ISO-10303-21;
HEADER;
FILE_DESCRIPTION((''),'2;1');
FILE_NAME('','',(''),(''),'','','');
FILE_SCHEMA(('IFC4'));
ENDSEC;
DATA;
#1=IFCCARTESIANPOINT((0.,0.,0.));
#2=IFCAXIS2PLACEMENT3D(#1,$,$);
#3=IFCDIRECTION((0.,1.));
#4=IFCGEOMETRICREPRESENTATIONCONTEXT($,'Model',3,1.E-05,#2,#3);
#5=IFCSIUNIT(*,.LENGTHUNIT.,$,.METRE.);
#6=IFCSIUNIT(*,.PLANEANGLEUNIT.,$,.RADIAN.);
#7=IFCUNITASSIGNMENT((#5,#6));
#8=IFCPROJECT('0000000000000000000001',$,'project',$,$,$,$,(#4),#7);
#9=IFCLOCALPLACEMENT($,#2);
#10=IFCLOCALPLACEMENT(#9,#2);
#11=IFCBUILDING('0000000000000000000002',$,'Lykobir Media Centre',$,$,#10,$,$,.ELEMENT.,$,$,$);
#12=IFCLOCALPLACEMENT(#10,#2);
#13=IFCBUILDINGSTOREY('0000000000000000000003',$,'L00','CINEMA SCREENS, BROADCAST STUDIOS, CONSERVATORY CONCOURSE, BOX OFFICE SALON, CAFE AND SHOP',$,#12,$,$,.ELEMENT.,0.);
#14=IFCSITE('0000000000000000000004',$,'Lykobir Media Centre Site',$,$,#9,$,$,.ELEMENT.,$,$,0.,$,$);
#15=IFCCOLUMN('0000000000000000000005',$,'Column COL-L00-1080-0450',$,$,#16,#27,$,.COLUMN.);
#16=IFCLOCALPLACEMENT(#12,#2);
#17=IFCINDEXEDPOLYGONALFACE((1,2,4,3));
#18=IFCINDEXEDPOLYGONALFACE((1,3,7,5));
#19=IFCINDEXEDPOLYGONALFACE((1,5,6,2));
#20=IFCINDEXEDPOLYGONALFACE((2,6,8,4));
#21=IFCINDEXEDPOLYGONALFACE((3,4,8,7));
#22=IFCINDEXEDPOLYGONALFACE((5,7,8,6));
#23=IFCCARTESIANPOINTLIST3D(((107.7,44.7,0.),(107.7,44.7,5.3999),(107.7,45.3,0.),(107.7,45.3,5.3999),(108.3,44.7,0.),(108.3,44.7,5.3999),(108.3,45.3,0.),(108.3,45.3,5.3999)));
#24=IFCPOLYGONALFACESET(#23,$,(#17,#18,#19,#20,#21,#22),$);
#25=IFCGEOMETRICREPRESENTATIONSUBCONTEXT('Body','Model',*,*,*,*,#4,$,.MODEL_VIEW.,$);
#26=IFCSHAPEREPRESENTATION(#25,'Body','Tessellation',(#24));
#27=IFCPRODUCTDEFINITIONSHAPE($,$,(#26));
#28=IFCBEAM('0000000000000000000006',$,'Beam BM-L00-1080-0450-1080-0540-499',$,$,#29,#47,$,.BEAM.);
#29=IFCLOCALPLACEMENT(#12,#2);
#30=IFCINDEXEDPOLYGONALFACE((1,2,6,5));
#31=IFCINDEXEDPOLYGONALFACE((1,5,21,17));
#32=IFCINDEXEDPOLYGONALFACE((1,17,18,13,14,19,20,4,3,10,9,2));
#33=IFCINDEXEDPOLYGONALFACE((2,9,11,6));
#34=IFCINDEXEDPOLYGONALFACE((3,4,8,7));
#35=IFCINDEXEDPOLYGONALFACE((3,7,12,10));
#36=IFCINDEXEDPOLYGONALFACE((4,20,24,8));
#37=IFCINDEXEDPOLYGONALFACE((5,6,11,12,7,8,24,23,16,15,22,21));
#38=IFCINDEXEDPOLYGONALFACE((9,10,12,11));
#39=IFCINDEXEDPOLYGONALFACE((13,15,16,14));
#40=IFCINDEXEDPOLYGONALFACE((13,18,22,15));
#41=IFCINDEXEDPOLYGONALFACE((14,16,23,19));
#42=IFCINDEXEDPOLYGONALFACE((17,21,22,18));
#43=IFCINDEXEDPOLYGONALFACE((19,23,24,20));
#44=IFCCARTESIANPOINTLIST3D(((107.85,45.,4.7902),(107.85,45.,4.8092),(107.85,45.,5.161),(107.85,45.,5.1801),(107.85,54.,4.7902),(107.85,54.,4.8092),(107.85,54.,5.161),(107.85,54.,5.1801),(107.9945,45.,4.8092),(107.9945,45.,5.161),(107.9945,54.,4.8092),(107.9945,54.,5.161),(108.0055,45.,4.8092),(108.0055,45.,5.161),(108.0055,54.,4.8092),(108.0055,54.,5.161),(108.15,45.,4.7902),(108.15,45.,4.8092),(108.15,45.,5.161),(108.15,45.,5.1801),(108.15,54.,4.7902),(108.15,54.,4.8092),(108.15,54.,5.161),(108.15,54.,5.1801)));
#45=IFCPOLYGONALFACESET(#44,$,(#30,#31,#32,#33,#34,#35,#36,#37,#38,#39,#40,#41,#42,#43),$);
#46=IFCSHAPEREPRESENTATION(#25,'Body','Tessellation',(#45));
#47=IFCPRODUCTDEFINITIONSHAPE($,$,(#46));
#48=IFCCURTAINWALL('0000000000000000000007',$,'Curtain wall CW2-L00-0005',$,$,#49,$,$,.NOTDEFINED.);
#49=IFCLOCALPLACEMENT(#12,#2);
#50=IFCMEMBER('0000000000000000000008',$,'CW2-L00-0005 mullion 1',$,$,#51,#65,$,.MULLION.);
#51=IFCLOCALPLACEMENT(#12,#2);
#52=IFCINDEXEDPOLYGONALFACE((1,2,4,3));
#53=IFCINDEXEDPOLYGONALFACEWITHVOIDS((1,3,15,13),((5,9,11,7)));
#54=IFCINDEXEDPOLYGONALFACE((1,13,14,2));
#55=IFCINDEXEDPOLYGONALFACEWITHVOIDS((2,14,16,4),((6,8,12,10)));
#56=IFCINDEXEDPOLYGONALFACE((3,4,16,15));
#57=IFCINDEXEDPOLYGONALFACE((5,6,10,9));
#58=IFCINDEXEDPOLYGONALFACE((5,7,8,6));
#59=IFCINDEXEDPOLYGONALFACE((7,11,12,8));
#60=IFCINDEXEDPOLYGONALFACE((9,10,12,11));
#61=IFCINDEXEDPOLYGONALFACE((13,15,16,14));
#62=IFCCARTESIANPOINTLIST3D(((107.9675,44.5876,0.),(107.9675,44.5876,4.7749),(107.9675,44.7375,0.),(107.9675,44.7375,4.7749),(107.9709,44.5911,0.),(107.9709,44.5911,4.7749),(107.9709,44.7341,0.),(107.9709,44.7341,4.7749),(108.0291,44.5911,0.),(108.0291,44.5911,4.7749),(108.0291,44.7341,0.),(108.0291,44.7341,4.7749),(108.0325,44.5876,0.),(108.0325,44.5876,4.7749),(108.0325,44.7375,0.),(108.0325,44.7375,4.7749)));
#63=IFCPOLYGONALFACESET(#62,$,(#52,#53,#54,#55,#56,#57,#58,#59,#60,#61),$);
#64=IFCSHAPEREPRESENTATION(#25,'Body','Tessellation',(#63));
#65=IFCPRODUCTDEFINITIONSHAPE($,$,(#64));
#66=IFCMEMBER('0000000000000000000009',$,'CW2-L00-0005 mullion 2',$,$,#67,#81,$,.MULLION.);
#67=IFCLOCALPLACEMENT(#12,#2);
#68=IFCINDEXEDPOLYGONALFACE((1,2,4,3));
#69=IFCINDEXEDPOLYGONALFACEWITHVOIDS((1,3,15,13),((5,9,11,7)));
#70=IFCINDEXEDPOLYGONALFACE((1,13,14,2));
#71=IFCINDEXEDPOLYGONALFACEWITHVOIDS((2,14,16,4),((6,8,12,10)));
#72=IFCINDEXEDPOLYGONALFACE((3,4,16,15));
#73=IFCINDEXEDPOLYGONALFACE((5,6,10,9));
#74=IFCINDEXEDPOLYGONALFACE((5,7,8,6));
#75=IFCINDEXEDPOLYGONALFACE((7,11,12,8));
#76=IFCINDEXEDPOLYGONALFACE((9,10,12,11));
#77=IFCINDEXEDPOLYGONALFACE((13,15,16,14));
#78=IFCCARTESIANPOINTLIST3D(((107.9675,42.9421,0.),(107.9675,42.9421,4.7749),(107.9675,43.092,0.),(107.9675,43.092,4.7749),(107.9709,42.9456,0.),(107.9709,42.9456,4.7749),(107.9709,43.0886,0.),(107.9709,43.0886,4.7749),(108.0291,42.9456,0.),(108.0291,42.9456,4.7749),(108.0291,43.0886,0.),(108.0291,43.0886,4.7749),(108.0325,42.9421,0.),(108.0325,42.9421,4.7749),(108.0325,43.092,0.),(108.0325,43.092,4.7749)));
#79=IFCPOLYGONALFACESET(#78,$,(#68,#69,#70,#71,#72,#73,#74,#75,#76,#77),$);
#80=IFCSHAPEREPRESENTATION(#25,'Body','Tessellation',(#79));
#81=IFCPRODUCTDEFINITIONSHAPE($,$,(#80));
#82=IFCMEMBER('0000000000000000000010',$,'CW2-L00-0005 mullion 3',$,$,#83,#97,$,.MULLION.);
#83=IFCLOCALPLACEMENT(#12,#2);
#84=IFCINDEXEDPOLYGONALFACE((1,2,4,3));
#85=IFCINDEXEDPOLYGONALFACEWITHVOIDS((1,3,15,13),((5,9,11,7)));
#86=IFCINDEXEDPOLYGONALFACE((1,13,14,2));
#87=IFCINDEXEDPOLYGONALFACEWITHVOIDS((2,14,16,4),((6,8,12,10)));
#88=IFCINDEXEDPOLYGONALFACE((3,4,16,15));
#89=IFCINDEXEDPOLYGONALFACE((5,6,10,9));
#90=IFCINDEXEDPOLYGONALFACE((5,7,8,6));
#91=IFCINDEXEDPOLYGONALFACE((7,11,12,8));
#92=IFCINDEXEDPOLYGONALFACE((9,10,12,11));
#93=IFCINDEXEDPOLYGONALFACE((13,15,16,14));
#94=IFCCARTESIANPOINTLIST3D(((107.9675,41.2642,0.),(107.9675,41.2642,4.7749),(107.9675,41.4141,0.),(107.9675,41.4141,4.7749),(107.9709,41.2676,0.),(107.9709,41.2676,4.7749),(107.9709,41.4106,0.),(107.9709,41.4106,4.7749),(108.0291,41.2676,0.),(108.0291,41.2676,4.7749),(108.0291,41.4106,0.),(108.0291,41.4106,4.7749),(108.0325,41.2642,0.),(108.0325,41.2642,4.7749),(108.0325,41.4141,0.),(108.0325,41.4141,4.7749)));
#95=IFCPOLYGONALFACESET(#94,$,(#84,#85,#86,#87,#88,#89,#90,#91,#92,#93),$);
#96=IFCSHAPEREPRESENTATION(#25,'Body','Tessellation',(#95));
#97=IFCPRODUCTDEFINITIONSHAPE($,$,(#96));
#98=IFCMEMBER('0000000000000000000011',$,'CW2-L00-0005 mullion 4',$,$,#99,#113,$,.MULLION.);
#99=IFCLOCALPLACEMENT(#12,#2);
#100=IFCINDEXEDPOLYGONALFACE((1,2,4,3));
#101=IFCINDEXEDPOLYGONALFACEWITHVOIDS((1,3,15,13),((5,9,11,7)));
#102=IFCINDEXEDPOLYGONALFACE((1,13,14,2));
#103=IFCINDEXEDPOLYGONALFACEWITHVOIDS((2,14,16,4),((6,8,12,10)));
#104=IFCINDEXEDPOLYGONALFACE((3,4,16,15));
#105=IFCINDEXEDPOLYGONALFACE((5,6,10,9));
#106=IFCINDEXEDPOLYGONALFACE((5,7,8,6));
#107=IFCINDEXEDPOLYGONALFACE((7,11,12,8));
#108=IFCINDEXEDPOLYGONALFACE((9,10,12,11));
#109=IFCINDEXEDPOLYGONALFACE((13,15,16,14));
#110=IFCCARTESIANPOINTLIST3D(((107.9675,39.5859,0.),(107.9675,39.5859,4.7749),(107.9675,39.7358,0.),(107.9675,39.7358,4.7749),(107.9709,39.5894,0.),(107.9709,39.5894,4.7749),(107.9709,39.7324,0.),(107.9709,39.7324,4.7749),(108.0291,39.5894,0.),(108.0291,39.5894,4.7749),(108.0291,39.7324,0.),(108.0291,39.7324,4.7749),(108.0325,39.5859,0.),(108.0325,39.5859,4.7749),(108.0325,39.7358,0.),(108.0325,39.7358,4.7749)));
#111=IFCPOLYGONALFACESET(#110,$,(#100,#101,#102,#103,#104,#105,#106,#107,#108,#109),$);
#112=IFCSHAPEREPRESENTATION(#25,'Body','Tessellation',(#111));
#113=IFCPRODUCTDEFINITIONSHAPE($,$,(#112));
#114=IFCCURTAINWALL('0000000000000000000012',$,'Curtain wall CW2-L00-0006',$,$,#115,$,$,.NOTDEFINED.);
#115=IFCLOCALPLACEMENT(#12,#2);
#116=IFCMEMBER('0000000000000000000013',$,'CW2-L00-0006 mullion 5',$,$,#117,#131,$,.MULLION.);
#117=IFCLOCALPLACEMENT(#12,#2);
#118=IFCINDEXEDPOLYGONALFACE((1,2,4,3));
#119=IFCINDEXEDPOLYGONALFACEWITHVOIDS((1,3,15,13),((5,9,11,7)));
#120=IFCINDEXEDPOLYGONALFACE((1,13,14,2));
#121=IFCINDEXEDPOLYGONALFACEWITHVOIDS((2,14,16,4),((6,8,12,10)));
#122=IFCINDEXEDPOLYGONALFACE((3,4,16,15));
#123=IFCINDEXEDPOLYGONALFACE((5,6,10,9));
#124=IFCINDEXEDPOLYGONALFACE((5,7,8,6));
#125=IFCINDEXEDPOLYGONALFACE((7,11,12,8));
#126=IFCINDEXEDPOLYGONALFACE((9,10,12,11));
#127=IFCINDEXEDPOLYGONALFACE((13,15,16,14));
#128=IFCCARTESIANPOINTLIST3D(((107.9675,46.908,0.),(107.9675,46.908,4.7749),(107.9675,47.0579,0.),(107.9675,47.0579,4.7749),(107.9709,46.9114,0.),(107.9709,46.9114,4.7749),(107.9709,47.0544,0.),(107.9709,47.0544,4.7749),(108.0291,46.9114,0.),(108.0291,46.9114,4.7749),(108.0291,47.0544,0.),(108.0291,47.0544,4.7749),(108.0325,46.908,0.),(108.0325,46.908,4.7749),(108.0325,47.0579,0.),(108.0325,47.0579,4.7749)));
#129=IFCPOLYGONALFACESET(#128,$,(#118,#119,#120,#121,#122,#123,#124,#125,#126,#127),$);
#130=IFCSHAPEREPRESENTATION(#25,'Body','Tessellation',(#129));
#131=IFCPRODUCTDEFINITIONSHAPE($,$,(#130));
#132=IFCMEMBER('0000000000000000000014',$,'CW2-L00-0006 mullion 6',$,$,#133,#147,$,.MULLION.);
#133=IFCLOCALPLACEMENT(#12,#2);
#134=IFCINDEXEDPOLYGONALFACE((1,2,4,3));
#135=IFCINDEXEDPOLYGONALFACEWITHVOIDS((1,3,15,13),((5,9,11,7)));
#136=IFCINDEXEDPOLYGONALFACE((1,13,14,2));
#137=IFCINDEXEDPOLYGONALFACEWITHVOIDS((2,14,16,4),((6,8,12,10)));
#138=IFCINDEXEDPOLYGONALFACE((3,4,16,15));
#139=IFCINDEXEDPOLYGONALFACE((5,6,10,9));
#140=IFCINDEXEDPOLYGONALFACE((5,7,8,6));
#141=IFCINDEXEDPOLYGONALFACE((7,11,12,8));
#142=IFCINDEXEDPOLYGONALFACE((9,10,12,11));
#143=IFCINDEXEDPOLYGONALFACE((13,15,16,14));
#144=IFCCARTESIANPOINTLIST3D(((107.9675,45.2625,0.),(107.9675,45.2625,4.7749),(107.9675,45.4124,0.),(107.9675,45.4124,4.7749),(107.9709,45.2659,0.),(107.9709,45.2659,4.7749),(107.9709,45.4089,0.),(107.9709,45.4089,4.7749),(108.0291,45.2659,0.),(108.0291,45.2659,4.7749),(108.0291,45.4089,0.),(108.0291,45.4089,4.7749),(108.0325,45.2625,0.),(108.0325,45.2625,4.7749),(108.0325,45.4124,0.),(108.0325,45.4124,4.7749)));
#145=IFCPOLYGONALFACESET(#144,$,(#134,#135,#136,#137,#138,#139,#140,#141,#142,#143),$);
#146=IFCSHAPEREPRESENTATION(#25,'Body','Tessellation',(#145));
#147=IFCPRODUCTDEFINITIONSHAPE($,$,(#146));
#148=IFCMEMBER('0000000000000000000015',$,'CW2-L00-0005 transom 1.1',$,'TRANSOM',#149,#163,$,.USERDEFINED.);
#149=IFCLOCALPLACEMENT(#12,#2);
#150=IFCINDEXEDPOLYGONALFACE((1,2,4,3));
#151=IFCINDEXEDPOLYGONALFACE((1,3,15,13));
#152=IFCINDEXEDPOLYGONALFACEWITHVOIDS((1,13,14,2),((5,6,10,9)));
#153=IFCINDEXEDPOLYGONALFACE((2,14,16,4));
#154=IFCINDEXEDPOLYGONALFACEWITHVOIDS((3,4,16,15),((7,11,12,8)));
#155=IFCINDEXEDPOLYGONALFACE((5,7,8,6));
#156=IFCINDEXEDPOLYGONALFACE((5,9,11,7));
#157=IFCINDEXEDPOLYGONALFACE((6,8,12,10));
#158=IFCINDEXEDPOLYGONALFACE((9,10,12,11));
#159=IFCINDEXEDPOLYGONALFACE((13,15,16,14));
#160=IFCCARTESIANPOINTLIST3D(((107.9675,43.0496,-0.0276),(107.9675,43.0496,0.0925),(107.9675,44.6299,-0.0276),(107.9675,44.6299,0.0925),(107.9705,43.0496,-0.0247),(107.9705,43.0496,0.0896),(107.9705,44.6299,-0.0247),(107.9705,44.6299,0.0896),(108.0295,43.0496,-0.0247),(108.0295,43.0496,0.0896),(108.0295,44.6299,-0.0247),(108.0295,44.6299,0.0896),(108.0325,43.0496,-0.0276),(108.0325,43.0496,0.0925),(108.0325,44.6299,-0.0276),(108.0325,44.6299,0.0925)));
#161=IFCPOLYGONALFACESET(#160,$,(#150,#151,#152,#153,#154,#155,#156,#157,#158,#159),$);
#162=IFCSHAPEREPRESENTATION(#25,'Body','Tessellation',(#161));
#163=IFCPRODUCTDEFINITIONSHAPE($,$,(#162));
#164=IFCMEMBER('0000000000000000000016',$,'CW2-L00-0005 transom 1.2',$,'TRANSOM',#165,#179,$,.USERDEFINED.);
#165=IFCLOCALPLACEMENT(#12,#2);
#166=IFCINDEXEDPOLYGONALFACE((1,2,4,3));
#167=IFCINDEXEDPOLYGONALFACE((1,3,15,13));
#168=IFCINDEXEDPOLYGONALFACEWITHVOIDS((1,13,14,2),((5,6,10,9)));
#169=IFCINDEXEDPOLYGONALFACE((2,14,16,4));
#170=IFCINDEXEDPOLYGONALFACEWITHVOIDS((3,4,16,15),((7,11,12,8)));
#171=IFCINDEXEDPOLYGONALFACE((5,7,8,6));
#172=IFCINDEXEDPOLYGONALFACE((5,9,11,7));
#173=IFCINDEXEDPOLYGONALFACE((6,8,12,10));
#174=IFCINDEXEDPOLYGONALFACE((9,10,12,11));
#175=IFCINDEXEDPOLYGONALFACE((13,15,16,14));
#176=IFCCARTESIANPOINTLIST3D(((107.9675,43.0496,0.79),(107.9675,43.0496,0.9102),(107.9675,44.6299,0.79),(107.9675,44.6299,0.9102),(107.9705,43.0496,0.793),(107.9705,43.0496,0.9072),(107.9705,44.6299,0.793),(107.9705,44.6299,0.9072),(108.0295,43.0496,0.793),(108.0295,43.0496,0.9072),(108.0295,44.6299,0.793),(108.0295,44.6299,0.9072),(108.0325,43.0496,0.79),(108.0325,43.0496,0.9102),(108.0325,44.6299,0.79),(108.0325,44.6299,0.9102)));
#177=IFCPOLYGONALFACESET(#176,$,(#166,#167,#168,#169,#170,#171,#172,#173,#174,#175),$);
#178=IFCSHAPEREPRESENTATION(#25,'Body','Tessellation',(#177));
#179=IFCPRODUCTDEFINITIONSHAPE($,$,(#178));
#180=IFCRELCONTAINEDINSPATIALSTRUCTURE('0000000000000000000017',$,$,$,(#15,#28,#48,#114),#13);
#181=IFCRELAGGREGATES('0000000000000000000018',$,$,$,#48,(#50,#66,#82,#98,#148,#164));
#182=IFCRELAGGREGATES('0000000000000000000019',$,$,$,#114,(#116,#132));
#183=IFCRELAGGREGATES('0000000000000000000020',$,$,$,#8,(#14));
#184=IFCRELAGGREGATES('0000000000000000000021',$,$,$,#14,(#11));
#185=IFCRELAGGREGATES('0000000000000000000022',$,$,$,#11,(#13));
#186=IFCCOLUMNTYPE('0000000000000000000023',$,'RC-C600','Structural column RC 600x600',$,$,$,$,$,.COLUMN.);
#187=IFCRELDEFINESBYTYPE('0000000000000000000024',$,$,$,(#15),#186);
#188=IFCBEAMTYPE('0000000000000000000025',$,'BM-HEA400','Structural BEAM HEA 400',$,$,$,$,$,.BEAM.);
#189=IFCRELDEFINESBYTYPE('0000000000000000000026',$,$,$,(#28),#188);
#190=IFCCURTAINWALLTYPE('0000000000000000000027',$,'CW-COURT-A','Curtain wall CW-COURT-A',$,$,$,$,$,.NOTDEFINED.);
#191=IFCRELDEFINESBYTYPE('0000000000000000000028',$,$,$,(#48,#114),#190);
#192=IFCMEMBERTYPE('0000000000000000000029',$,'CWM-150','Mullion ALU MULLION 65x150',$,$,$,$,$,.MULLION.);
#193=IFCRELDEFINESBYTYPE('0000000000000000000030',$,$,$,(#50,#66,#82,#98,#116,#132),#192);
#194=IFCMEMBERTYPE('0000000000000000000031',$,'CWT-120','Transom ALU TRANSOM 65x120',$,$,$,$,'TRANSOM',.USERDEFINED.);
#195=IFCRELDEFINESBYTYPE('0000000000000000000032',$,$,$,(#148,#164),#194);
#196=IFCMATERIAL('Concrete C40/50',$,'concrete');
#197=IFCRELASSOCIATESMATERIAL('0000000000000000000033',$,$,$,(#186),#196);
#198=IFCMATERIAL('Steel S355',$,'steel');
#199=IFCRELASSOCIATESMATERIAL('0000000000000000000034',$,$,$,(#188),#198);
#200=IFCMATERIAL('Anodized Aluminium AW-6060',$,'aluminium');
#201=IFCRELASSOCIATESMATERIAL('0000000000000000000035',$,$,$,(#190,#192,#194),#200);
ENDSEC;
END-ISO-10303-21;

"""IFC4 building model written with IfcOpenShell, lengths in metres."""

from ifc_helpers import new_model, si_unit, direction, frame, origin, origin_2d, place, context, subcontext, project, spatial, rectangle, hollow_rectangle, i_section, extrude, material, material_profile, profile_set, type_object, element, aggregate, save


model = new_model("IFC4")

# Units and contexts
model_context = context("Model", 3, precision=1e-05, world=origin(), true_north=direction((0.0, 1.0)))
body_context = subcontext(model_context, "Body", "Model", "MODEL_VIEW")
ifc_project = project(units=[si_unit("LENGTHUNIT", "METRE"), si_unit("PLANEANGLEUNIT", "RADIAN")], contexts=[model_context])

# Site, building, storey
site_placement = place(None, origin())
site = spatial("IfcSite", under=ifc_project, at=site_placement, Name="Lykobir Media Centre Site", CompositionType="ELEMENT", RefElevation=0.0)
building_placement = place(site_placement, origin())
building = spatial("IfcBuilding", under=site, at=building_placement, Name="Lykobir Media Centre", CompositionType="ELEMENT")
storey_placement = place(building_placement, origin())
storey = spatial("IfcBuildingStorey", under=building, at=storey_placement, Name="L00", Description="CINEMA SCREENS, BROADCAST STUDIOS, CONSERVATORY CONCOURSE, BOX OFFICE SALON, CAFE AND SHOP", CompositionType="ELEMENT", Elevation=0.0)

# Column
ifc_material_1 = material(Name="Concrete C40/50", Category="concrete")
ifc_material_profile_1 = material_profile(ifc_material_1, rectangle(XDim=0.6001, YDim=0.6001, at=origin_2d()), Name="RC 600x600")
ifc_profile_set_1 = profile_set([ifc_material_profile_1], Name="Concrete C40/50")
column_type = type_object("IfcColumnType", Name="RC-C600", Description="Structural column RC 600x600", PredefinedType="COLUMN", material=ifc_profile_set_1)
column_placement = place(storey_placement, frame((108.0, 45.0, 0.0), z_axis=(0.0, 0.0, 1.0), x_axis=(1.0, 0.0, 0.0)))
element("IfcColumn", 1, at=column_placement, inside=storey, type_object=column_type, Name="Column COL-L00-1080-0450", PredefinedType="COLUMN", context=body_context, shape_type="SweptSolid", body=[
    extrude(rectangle(XDim=0.6001, YDim=0.6001, at=origin_2d()), origin(), (0.0, 0.0, 1.0), 5.3999),
])

# Beam
ifc_material_2 = material(Name="Steel S355", Category="steel")
ifc_material_profile_2 = material_profile(ifc_material_2, i_section(OverallWidth=0.3, OverallDepth=0.3899, WebThickness=0.011, FlangeThickness=0.019, at=origin_2d()), Name="HEA 400")
ifc_profile_set_2 = profile_set([ifc_material_profile_2], Name="Steel S355")
beam_type = type_object("IfcBeamType", Name="BM-HEA400", Description="Structural BEAM HEA 400", PredefinedType="BEAM", material=ifc_profile_set_2)
beam_placement = place(storey_placement, frame((108.0, 45.0, 4.9851), z_axis=(0.0, 1.0, 0.0), x_axis=(-1.0, 0.0, 0.0)))
element("IfcBeam", 2, at=beam_placement, inside=storey, type_object=beam_type, Name="Beam BM-L00-1080-0450-1080-0540-499", PredefinedType="BEAM", context=body_context, shape_type="SweptSolid", body=[
    extrude(i_section(OverallWidth=0.3, OverallDepth=0.3899, WebThickness=0.011, FlangeThickness=0.019, at=origin_2d()), origin(), (0.0, 0.0, 1.0), 9.0),
])

# Curtain walls, members
ifc_material_3 = material(Name="Anodized Aluminium AW-6060", Category="aluminium")
curtain_wall_type = type_object("IfcCurtainWallType", Name="CW-COURT-A", Description="Curtain wall CW-COURT-A", PredefinedType="NOTDEFINED", material=ifc_material_3)
curtain_wall_1_placement = place(storey_placement, origin())
curtain_wall_1 = element("IfcCurtainWall", 3, at=curtain_wall_1_placement, inside=storey, type_object=curtain_wall_type, Name="Curtain wall CW2-L00-0005", PredefinedType="NOTDEFINED")
ifc_material_profile_3 = material_profile(ifc_material_3, hollow_rectangle(XDim=0.0649, YDim=0.1499, WallThickness=0.0034, at=origin_2d()), Name="ALU MULLION 65x150")
ifc_profile_set_3 = profile_set([ifc_material_profile_3], Name="Anodized Aluminium AW-6060")
member_type_1 = type_object("IfcMemberType", Name="CWM-150", Description="Mullion ALU MULLION 65x150", PredefinedType="MULLION", material=ifc_profile_set_3)
member_1_placement = place(storey_placement, frame((108.0, 44.6626, 0.0), z_axis=(0.0, 0.0, 1.0), x_axis=(1.0, 0.0, 0.0)))
member_1 = element("IfcMember", 4, at=member_1_placement, type_object=member_type_1, Name="CW2-L00-0005 mullion 1", PredefinedType="MULLION", context=body_context, shape_type="SweptSolid", body=[
    extrude(hollow_rectangle(XDim=0.0649, YDim=0.1499, WallThickness=0.0034, at=origin_2d()), origin(), (0.0, 0.0, 1.0), 4.7749),
])
member_2_placement = place(storey_placement, frame((108.0, 43.0171, 0.0), z_axis=(0.0, 0.0, 1.0), x_axis=(1.0, 0.0, 0.0)))
member_2 = element("IfcMember", 5, at=member_2_placement, type_object=member_type_1, Name="CW2-L00-0005 mullion 2", PredefinedType="MULLION", context=body_context, shape_type="SweptSolid", body=[
    extrude(hollow_rectangle(XDim=0.0649, YDim=0.1499, WallThickness=0.0034, at=origin_2d()), origin(), (0.0, 0.0, 1.0), 4.7749),
])
member_3_placement = place(storey_placement, frame((108.0, 41.3391, 0.0), z_axis=(0.0, 0.0, 1.0), x_axis=(1.0, 0.0, 0.0)))
member_3 = element("IfcMember", 6, at=member_3_placement, type_object=member_type_1, Name="CW2-L00-0005 mullion 3", PredefinedType="MULLION", context=body_context, shape_type="SweptSolid", body=[
    extrude(hollow_rectangle(XDim=0.0649, YDim=0.1499, WallThickness=0.0034, at=origin_2d()), origin(), (0.0, 0.0, 1.0), 4.7749),
])
member_4_placement = place(storey_placement, frame((108.0, 39.6609, 0.0), z_axis=(0.0, 0.0, 1.0), x_axis=(1.0, 0.0, 0.0)))
member_4 = element("IfcMember", 7, at=member_4_placement, type_object=member_type_1, Name="CW2-L00-0005 mullion 4", PredefinedType="MULLION", context=body_context, shape_type="SweptSolid", body=[
    extrude(hollow_rectangle(XDim=0.0649, YDim=0.1499, WallThickness=0.0034, at=origin_2d()), origin(), (0.0, 0.0, 1.0), 4.7749),
])
curtain_wall_2_placement = place(storey_placement, origin())
curtain_wall_2 = element("IfcCurtainWall", 8, at=curtain_wall_2_placement, inside=storey, type_object=curtain_wall_type, Name="Curtain wall CW2-L00-0006", PredefinedType="NOTDEFINED")
member_5_placement = place(storey_placement, frame((108.0, 46.9829, 0.0), z_axis=(0.0, 0.0, 1.0), x_axis=(1.0, 0.0, 0.0)))
member_5 = element("IfcMember", 9, at=member_5_placement, type_object=member_type_1, Name="CW2-L00-0006 mullion 5", PredefinedType="MULLION", context=body_context, shape_type="SweptSolid", body=[
    extrude(hollow_rectangle(XDim=0.0649, YDim=0.1499, WallThickness=0.0034, at=origin_2d()), origin(), (0.0, 0.0, 1.0), 4.7749),
])
member_6_placement = place(storey_placement, frame((108.0, 45.3374, 0.0), z_axis=(0.0, 0.0, 1.0), x_axis=(1.0, 0.0, 0.0)))
member_6 = element("IfcMember", 10, at=member_6_placement, type_object=member_type_1, Name="CW2-L00-0006 mullion 6", PredefinedType="MULLION", context=body_context, shape_type="SweptSolid", body=[
    extrude(hollow_rectangle(XDim=0.0649, YDim=0.1499, WallThickness=0.0034, at=origin_2d()), origin(), (0.0, 0.0, 1.0), 4.7749),
])

# Members
ifc_material_profile_4 = material_profile(ifc_material_3, hollow_rectangle(XDim=0.0649, YDim=0.1201, WallThickness=0.0029, at=origin_2d()), Name="ALU TRANSOM 65x120")
ifc_profile_set_4 = profile_set([ifc_material_profile_4], Name="Anodized Aluminium AW-6060")
member_type_2 = type_object("IfcMemberType", Name="CWT-120", Description="Transom ALU TRANSOM 65x120", ElementType="TRANSOM", PredefinedType="USERDEFINED", material=ifc_profile_set_4)
member_7_placement = place(storey_placement, frame((108.0, 44.6299, 0.0325), z_axis=(0.0, -1.0, 0.0), x_axis=(1.0, 0.0, 0.0)))
member_7 = element("IfcMember", 11, at=member_7_placement, type_object=member_type_2, Name="CW2-L00-0005 transom 1.1", ObjectType="TRANSOM", PredefinedType="USERDEFINED", context=body_context, shape_type="SweptSolid", body=[
    extrude(hollow_rectangle(XDim=0.0649, YDim=0.1201, WallThickness=0.0029, at=origin_2d()), origin(), (0.0, 0.0, 1.0), 1.5803),
])
member_8_placement = place(storey_placement, frame((108.0, 44.6299, 0.8501), z_axis=(0.0, -1.0, 0.0), x_axis=(1.0, 0.0, 0.0)))
member_8 = element("IfcMember", 12, at=member_8_placement, type_object=member_type_2, Name="CW2-L00-0005 transom 1.2", ObjectType="TRANSOM", PredefinedType="USERDEFINED", context=body_context, shape_type="SweptSolid", body=[
    extrude(hollow_rectangle(XDim=0.0649, YDim=0.1201, WallThickness=0.0029, at=origin_2d()), origin(), (0.0, 0.0, 1.0), 1.5803),
])

aggregate(curtain_wall_1, [member_1, member_2, member_3, member_4, member_7, member_8])
aggregate(curtain_wall_2, [member_5, member_6])

save(model, "model.ifc")
